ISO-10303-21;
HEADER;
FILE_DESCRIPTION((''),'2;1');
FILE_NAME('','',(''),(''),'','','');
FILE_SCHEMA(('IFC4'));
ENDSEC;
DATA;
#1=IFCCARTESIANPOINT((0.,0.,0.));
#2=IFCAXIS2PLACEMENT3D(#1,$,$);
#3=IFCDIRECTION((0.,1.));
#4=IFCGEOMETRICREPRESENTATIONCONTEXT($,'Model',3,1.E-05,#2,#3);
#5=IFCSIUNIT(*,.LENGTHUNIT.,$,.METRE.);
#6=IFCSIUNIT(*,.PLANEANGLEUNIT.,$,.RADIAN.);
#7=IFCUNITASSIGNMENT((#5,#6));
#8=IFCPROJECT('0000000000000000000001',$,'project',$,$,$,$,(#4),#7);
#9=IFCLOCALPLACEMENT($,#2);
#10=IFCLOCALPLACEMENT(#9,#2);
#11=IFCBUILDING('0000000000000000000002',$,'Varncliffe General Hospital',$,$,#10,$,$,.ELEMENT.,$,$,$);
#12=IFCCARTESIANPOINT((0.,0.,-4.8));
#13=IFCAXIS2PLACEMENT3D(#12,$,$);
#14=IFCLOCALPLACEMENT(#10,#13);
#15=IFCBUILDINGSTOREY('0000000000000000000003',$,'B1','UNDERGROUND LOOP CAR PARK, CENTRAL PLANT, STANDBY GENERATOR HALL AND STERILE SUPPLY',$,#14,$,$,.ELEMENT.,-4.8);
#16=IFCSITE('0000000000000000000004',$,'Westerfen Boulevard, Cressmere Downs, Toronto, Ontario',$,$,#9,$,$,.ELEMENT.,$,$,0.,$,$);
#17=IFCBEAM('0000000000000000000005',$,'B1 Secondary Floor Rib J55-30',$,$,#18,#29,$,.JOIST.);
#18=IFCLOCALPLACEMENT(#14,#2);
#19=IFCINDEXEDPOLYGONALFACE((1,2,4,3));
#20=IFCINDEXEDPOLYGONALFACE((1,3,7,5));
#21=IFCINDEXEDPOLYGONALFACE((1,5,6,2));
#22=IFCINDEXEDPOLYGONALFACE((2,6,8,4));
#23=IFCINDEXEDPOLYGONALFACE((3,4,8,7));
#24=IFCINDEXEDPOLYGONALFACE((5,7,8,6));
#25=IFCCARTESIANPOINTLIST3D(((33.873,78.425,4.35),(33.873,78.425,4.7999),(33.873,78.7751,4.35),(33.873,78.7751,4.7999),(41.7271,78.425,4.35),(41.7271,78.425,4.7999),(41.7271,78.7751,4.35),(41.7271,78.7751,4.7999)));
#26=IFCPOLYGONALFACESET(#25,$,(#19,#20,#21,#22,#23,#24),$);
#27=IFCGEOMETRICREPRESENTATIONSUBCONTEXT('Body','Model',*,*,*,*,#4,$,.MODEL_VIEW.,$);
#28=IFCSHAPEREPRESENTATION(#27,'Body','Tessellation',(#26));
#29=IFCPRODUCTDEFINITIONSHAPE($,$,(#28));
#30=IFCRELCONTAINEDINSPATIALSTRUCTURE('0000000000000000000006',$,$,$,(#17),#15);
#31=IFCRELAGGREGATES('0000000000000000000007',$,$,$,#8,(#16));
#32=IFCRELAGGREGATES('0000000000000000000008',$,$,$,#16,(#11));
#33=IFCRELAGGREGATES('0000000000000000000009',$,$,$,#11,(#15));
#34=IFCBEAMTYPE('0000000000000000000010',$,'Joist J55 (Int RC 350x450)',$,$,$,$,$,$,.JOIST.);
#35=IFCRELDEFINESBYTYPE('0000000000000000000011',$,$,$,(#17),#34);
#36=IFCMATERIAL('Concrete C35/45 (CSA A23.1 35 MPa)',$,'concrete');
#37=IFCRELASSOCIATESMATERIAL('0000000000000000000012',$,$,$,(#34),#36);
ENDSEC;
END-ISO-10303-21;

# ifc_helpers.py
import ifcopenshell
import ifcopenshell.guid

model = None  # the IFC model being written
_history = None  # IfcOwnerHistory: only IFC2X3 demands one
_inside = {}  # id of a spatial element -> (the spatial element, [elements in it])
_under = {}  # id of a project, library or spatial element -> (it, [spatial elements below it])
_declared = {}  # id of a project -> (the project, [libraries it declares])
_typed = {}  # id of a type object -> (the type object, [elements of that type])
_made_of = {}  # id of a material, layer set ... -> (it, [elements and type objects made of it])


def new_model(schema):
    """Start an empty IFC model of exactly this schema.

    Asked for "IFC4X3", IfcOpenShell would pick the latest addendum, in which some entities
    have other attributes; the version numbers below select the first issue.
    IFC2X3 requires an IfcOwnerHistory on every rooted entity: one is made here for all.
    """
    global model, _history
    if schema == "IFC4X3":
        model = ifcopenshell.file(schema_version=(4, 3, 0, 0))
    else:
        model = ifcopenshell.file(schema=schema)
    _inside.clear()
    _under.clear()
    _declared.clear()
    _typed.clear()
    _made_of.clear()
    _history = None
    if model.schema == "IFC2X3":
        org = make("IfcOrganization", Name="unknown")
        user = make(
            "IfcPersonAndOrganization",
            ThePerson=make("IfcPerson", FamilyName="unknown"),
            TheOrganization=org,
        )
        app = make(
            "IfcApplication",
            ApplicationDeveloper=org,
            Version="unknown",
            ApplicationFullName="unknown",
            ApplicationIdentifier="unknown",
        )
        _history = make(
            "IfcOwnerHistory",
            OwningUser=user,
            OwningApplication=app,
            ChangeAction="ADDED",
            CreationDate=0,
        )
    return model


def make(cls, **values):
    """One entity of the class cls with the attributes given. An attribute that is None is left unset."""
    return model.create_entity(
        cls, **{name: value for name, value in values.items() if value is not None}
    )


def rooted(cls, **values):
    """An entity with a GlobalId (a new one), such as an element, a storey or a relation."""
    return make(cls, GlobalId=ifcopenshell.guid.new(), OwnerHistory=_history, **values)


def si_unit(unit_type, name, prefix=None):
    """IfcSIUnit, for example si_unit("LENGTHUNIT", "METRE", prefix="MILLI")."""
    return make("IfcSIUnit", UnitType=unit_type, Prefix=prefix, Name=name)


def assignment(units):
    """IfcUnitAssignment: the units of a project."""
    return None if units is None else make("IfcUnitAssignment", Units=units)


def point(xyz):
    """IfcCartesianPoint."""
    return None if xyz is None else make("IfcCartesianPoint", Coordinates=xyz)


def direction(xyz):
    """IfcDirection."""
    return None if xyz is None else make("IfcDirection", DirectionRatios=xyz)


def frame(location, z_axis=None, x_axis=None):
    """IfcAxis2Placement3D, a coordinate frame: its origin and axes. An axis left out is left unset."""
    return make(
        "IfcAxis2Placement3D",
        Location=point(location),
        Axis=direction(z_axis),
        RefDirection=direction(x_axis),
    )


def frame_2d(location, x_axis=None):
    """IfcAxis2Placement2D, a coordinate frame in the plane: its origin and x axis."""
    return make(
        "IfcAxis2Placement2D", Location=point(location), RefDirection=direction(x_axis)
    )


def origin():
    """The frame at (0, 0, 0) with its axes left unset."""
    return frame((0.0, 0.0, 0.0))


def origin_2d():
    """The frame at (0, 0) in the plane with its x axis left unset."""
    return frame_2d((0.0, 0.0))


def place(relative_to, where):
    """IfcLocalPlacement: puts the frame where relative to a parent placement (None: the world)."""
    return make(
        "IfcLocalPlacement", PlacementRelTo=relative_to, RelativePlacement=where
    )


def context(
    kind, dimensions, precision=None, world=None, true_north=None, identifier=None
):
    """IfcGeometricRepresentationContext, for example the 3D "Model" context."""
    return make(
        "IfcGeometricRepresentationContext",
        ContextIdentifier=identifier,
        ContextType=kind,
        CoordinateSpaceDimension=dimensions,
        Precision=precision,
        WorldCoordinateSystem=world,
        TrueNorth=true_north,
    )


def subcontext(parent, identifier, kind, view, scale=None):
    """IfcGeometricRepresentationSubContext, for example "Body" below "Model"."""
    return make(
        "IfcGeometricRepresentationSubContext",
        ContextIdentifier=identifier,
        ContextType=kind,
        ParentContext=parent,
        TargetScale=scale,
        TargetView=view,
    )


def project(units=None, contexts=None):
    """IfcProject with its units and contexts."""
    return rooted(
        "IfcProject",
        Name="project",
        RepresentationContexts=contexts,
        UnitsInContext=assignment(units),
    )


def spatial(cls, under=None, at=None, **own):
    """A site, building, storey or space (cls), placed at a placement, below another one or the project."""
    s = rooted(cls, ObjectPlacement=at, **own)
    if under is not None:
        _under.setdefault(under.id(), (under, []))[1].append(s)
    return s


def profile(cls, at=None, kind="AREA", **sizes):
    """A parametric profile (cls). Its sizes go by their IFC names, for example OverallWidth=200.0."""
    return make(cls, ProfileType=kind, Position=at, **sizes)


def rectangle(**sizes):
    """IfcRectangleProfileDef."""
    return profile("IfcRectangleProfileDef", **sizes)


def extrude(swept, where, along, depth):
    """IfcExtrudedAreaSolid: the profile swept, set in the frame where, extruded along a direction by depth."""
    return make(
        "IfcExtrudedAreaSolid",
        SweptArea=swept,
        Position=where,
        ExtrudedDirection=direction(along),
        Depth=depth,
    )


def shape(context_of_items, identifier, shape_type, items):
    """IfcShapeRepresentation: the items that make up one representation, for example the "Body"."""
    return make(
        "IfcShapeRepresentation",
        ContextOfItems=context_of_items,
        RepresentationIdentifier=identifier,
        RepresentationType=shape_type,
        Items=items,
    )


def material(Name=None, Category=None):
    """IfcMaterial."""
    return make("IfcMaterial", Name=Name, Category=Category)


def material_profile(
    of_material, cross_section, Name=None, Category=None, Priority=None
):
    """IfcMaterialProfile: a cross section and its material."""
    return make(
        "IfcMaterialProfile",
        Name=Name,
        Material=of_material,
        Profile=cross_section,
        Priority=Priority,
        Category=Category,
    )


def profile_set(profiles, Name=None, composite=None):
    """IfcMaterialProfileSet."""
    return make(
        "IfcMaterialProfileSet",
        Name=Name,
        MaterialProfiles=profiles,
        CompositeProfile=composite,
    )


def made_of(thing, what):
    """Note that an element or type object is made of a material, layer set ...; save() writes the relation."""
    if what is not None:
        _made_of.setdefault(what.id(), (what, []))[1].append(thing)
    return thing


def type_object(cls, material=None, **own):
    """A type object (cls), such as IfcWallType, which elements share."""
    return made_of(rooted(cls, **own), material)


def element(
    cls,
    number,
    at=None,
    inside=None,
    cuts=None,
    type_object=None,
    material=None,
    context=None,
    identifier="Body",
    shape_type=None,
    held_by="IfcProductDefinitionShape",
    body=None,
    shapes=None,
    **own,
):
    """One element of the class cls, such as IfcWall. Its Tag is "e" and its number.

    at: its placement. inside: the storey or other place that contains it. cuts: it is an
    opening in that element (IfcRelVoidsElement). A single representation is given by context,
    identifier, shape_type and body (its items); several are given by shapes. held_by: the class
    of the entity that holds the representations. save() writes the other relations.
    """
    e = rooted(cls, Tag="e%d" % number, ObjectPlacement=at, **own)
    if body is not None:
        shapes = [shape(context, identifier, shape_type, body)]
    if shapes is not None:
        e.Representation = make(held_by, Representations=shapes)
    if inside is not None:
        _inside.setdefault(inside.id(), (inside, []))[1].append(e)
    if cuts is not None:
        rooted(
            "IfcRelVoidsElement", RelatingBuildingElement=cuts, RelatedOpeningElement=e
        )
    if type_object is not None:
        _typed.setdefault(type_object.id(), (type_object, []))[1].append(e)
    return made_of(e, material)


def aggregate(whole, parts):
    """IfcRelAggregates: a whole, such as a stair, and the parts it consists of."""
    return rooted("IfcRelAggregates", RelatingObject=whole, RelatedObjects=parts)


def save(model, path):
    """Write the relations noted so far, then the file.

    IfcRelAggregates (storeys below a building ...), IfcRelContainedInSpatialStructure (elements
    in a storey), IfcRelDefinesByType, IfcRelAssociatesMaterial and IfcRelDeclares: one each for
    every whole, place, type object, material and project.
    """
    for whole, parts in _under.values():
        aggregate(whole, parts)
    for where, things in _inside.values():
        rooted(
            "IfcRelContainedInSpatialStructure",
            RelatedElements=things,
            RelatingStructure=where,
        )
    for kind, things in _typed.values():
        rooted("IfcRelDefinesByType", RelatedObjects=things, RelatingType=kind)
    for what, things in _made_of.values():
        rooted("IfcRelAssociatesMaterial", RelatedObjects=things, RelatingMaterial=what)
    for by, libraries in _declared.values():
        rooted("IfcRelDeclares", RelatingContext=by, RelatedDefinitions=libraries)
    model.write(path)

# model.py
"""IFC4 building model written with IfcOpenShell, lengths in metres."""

from ifc_helpers import new_model, si_unit, direction, frame, origin, origin_2d, place, context, subcontext, project, spatial, rectangle, extrude, material, material_profile, profile_set, type_object, element, save


model = new_model("IFC4")

# Units and contexts
model_context = context("Model", 3, precision=1e-05, world=origin(), true_north=direction((0.0, 1.0)))
body_context = subcontext(model_context, "Body", "Model", "MODEL_VIEW")
ifc_project = project(units=[si_unit("LENGTHUNIT", "METRE"), si_unit("PLANEANGLEUNIT", "RADIAN")], contexts=[model_context])

# Site, building, storey
site_placement = place(None, origin())
site = spatial("IfcSite", under=ifc_project, at=site_placement, Name="Westerfen Boulevard, Cressmere Downs, Toronto, Ontario", CompositionType="ELEMENT", RefElevation=0.0)
building_placement = place(site_placement, origin())
building = spatial("IfcBuilding", under=site, at=building_placement, Name="Varncliffe General Hospital", CompositionType="ELEMENT")
storey_placement = place(building_placement, frame((0.0, 0.0, -4.8)))
storey = spatial("IfcBuildingStorey", under=building, at=storey_placement, Name="B1", Description="UNDERGROUND LOOP CAR PARK, CENTRAL PLANT, STANDBY GENERATOR HALL AND STERILE SUPPLY", CompositionType="ELEMENT", Elevation=-4.8)

# Beam
ifc_material_1 = material(Name="Concrete C35/45 (CSA A23.1 35 MPa)", Category="concrete")
ifc_material_profile_1 = material_profile(ifc_material_1, rectangle(XDim=0.3501, YDim=0.45, at=origin_2d()), Name="RC 350x450")
ifc_profile_set_1 = profile_set([ifc_material_profile_1], Name="Concrete C35/45 (CSA A23.1 35 MPa)")
beam_type_1 = type_object("IfcBeamType", Name="Joist J55 (Int RC 350x450)", PredefinedType="JOIST", material=ifc_profile_set_1)
for number, where, z_axis, x_axis, name in (
    (1, (33.873, 78.6001, 4.575), (1.0, 0.0, 0.0), (0.0, 1.0, 0.0), "B1 Secondary Floor Rib J55-30"),
):
    element("IfcBeam", number, at=place(storey_placement, frame(where, z_axis=z_axis, x_axis=x_axis)), inside=storey, type_object=beam_type_1, Name=name, PredefinedType="JOIST", context=body_context, shape_type="SweptSolid", body=[
        extrude(rectangle(XDim=0.3501, YDim=0.45, at=origin_2d()), origin(), (0.0, 0.0, 1.0), 7.854),
    ])

save(model, "model.ifc")
